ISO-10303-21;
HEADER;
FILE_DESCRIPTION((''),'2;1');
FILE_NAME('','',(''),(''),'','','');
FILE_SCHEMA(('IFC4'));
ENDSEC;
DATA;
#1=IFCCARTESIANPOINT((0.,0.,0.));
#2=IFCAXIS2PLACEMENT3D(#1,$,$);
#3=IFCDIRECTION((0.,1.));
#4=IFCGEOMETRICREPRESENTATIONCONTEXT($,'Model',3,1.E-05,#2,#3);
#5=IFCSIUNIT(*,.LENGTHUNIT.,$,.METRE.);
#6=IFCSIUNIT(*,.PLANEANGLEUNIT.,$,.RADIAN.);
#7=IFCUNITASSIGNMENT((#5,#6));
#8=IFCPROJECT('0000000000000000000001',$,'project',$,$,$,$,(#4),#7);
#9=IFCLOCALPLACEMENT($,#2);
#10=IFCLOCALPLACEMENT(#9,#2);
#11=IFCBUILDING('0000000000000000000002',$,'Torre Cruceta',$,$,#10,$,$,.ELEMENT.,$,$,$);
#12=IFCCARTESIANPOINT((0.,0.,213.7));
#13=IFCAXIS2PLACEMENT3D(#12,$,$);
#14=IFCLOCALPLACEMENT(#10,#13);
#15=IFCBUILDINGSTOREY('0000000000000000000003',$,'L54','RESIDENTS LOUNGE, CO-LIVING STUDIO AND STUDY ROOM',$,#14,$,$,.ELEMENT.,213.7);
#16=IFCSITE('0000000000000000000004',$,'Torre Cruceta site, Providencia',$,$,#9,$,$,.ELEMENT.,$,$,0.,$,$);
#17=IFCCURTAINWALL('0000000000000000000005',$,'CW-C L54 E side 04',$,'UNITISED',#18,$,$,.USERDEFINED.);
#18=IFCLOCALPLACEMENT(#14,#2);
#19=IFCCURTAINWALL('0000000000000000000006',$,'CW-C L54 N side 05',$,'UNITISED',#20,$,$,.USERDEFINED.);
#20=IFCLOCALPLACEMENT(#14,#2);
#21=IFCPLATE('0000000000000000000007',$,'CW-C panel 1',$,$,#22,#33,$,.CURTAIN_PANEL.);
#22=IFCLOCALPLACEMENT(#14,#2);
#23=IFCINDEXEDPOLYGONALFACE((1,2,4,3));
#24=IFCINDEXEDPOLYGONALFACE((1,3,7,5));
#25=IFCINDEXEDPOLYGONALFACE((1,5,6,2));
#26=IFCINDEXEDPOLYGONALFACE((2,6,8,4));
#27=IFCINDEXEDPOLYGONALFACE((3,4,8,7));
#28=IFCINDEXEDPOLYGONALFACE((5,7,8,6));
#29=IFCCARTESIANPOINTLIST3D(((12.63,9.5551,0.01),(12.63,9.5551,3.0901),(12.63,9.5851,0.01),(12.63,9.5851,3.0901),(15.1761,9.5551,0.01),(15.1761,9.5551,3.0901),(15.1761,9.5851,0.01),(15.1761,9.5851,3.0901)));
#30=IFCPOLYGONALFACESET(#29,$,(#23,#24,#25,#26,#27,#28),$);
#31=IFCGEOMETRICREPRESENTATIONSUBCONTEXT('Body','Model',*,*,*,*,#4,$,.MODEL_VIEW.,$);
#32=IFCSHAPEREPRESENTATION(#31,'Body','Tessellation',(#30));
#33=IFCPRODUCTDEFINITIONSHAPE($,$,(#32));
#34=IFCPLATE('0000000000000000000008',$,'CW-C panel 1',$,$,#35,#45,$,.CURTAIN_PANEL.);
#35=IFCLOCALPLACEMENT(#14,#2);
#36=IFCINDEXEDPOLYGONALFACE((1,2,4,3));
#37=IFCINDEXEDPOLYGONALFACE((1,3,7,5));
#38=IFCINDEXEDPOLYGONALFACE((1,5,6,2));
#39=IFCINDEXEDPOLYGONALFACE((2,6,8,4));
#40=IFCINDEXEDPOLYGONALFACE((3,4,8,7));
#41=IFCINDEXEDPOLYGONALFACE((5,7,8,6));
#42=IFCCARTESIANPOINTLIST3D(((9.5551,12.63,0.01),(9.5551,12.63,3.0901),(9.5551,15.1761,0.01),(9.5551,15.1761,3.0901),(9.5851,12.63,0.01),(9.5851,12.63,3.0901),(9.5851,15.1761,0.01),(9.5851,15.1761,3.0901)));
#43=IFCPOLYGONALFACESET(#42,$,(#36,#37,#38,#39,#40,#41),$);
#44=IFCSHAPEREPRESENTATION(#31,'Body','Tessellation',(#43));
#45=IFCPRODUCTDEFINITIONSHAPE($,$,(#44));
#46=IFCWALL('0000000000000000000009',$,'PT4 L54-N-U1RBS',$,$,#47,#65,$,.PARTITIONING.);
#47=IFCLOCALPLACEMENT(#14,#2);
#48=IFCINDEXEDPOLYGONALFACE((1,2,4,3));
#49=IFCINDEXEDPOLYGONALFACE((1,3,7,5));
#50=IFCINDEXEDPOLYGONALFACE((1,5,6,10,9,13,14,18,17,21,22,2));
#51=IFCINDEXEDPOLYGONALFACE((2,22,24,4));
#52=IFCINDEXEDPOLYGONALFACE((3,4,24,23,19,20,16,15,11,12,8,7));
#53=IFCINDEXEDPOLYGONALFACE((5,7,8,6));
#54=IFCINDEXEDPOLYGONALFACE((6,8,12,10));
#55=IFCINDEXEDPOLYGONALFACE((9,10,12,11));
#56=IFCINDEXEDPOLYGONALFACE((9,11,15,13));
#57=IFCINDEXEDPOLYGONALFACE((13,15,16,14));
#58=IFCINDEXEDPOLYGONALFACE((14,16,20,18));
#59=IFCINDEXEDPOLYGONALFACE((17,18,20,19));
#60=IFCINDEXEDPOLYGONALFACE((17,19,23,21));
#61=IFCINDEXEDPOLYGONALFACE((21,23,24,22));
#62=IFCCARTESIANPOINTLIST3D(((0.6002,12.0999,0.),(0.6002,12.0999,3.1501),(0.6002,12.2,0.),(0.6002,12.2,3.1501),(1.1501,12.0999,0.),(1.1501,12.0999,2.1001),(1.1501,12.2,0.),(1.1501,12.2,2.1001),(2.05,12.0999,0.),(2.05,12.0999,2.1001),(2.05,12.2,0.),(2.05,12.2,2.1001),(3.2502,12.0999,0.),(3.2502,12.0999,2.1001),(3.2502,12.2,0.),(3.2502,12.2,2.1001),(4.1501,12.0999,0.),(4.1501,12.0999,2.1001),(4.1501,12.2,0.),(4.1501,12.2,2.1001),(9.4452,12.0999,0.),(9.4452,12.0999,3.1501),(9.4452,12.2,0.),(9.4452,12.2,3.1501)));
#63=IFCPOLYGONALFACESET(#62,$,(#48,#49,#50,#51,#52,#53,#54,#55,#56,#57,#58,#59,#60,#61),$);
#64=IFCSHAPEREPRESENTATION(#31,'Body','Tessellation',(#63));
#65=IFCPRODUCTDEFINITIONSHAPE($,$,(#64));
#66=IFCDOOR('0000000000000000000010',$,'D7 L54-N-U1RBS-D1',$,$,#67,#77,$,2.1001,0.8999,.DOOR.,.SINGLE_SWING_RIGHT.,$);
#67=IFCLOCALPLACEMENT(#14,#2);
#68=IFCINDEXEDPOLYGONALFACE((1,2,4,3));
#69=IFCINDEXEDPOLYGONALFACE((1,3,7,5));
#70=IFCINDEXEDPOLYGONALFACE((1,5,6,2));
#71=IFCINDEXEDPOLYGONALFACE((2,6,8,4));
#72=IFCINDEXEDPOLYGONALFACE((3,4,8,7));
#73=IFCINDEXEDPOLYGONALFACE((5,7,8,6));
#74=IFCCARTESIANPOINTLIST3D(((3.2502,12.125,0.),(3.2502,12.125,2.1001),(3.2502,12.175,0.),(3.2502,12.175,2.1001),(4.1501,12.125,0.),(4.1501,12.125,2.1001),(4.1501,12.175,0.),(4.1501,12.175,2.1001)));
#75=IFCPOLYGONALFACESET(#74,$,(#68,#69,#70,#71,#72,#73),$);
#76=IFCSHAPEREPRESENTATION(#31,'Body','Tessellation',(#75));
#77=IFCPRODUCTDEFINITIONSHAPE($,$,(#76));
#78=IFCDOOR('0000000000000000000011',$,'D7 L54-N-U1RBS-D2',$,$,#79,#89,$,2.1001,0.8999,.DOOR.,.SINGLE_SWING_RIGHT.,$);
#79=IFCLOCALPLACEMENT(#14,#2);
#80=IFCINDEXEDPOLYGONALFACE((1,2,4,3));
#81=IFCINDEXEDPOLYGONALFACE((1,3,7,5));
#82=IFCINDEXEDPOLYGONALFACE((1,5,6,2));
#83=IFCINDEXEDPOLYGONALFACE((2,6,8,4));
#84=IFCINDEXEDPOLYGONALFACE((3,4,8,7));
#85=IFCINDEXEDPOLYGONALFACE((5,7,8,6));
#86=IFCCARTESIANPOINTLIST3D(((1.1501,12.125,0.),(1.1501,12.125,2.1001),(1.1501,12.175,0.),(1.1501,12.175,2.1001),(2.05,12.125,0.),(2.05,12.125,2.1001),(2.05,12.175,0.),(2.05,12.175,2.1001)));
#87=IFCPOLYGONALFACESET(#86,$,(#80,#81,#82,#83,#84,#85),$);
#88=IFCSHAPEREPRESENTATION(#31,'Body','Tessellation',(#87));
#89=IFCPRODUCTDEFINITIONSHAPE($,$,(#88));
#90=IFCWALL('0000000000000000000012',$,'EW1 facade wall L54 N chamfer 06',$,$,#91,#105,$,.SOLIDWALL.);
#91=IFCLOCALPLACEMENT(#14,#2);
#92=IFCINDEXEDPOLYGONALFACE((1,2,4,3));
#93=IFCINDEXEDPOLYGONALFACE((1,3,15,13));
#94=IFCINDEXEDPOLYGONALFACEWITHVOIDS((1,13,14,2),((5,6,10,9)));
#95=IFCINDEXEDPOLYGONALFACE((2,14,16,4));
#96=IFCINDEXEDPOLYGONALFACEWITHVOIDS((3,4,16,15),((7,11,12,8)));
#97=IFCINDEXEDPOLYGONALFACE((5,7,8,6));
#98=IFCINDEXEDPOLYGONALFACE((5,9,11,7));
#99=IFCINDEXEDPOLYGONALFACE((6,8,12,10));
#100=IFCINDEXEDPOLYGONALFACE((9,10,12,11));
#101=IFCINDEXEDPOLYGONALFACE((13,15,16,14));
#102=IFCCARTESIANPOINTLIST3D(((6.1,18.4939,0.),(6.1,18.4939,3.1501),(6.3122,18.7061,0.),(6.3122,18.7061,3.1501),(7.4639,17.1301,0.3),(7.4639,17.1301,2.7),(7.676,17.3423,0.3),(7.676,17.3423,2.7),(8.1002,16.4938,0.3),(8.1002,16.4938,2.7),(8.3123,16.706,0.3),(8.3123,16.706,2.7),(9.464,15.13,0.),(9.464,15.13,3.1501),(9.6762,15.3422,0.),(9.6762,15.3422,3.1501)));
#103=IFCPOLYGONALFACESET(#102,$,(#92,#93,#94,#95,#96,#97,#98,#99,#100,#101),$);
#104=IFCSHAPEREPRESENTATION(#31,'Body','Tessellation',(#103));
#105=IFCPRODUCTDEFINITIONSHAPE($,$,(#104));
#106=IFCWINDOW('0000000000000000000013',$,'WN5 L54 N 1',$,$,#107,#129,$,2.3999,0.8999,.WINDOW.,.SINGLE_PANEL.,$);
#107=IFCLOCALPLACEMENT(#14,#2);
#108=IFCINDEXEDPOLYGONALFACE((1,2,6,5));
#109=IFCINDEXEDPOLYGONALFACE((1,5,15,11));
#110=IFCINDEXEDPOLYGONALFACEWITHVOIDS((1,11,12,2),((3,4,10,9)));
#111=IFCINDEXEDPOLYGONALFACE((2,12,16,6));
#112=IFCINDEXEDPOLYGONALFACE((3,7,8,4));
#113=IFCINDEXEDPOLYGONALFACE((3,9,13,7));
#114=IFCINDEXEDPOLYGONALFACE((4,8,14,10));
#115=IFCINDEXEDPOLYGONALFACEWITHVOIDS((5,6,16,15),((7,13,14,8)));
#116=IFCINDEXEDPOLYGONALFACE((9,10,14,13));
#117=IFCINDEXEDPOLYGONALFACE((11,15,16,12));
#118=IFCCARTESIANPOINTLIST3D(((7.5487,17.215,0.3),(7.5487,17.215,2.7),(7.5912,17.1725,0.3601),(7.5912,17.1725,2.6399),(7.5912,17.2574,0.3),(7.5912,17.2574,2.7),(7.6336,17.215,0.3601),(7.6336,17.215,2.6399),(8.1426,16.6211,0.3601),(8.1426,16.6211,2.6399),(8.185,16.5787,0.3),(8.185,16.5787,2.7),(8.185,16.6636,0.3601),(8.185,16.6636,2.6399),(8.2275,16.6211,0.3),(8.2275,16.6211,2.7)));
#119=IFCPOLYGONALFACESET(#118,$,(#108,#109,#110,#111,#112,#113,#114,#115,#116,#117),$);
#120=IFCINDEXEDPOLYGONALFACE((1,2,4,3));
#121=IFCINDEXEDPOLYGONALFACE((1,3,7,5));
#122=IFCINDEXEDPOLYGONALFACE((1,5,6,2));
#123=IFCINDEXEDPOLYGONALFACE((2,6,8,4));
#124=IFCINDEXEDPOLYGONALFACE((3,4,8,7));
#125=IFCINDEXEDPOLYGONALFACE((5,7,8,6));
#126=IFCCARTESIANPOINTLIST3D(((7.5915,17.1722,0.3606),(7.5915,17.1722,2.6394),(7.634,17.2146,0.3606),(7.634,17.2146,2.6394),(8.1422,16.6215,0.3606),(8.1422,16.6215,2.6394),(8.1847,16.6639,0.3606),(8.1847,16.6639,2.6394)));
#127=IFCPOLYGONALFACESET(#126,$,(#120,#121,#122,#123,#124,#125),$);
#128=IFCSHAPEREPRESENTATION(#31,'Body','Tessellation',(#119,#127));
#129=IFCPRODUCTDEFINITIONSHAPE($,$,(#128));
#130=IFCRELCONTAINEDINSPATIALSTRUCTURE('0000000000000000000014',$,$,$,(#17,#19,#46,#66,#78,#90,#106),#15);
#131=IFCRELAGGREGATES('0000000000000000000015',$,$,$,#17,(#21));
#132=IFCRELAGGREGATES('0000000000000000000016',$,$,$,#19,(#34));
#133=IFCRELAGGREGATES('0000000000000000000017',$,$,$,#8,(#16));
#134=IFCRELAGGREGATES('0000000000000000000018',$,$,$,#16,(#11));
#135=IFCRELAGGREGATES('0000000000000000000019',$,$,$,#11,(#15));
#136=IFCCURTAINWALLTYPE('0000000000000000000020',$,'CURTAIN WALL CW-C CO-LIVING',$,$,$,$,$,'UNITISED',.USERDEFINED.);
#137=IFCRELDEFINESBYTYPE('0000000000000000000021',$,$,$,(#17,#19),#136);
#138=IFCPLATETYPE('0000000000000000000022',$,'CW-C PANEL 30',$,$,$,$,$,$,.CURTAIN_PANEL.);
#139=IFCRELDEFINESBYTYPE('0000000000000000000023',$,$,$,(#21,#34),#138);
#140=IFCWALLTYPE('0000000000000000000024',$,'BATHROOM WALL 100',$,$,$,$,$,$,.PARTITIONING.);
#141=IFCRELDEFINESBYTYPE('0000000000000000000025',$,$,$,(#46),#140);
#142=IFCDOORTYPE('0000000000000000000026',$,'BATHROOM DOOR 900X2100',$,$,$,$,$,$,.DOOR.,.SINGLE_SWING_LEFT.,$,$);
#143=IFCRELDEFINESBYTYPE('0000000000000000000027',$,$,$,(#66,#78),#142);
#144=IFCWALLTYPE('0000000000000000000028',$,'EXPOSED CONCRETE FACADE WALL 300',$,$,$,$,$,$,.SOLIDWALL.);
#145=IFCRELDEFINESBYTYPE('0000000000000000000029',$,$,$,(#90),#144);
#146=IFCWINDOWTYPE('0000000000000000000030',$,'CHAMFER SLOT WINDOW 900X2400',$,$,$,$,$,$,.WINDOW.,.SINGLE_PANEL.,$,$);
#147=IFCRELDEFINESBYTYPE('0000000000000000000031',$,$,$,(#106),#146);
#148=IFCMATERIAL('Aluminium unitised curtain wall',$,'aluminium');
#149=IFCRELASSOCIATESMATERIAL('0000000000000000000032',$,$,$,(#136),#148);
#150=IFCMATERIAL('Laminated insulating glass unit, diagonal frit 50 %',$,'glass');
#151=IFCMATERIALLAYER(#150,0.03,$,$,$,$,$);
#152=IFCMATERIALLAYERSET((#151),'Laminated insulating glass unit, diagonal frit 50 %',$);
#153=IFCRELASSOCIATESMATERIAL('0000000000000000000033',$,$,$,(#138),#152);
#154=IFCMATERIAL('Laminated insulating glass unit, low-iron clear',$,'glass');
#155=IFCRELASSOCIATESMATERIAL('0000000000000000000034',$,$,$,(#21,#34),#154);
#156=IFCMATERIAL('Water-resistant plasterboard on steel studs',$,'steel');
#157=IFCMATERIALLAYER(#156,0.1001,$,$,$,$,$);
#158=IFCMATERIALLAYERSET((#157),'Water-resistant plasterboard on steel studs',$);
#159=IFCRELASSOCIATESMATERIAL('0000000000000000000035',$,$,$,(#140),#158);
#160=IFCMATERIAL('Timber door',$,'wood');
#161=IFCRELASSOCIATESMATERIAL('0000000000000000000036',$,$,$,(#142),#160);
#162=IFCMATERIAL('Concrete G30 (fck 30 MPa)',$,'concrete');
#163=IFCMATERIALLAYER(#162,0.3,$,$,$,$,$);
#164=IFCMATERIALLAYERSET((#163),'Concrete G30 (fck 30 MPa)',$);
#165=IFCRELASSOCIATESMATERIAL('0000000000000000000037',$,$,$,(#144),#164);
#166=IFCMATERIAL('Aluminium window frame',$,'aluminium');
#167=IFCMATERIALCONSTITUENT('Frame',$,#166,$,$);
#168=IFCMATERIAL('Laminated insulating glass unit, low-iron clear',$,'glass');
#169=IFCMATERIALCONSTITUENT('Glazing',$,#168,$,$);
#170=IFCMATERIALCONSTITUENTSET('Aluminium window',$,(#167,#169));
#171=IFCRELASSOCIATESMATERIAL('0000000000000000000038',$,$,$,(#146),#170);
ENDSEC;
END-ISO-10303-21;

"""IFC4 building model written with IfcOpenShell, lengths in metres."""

from ifc_helpers import new_model, si_unit, direction, frame, frame_2d, origin, origin_2d, place, context, subcontext, project, spatial, rectangle, hollow_rectangle, extrude, material, layer, layer_set, constituent, constituent_set, type_object, element, fill, aggregate, save


model = new_model("IFC4")

# Units and contexts
model_context = context("Model", 3, precision=1e-05, world=origin(), true_north=direction((0.0, 1.0)))
body_context = subcontext(model_context, "Body", "Model", "MODEL_VIEW")
ifc_project = project(units=[si_unit("LENGTHUNIT", "METRE"), si_unit("PLANEANGLEUNIT", "RADIAN")], contexts=[model_context])

# Site, building, storey
site_placement = place(None, origin())
site = spatial("IfcSite", under=ifc_project, at=site_placement, Name="Torre Cruceta site, Providencia", CompositionType="ELEMENT", RefElevation=0.0)
building_placement = place(site_placement, origin())
building = spatial("IfcBuilding", under=site, at=building_placement, Name="Torre Cruceta", CompositionType="ELEMENT")
storey_placement = place(building_placement, frame((0.0, 0.0, 213.7)))
storey = spatial("IfcBuildingStorey", under=building, at=storey_placement, Name="L54", Description="RESIDENTS LOUNGE, CO-LIVING STUDIO AND STUDY ROOM", CompositionType="ELEMENT", Elevation=213.7)

# Curtain walls
ifc_material_1 = material(Name="Aluminium unitised curtain wall", Category="aluminium")
curtain_wall_type = type_object("IfcCurtainWallType", Name="CURTAIN WALL CW-C CO-LIVING", ElementType="UNITISED", PredefinedType="USERDEFINED", material=ifc_material_1)
curtain_wall_1_placement = place(storey_placement, origin())
curtain_wall_1 = element("IfcCurtainWall", 1, at=curtain_wall_1_placement, inside=storey, type_object=curtain_wall_type, Name="CW-C L54 E side 04", ObjectType="UNITISED", PredefinedType="USERDEFINED")
curtain_wall_2_placement = place(storey_placement, origin())
curtain_wall_2 = element("IfcCurtainWall", 2, at=curtain_wall_2_placement, inside=storey, type_object=curtain_wall_type, Name="CW-C L54 N side 05", ObjectType="UNITISED", PredefinedType="USERDEFINED")

# Plates
ifc_material_2 = material(Name="Laminated insulating glass unit, low-iron clear", Category="glass")
ifc_material_3 = material(Name="Laminated insulating glass unit, diagonal frit 50 %", Category="glass")
ifc_layer_1 = layer(ifc_material_3, 0.03)
ifc_layer_set_1 = layer_set([ifc_layer_1], Name="Laminated insulating glass unit, diagonal frit 50 %")
plate_type = type_object("IfcPlateType", Name="CW-C PANEL 30", PredefinedType="CURTAIN_PANEL", material=ifc_layer_set_1)
plate_1_placement = place(storey_placement, frame((13.9031, 9.5701, 0.01), z_axis=(0.0, 0.0, 1.0), x_axis=(-1.0, 0.0, 0.0)))
plate_1 = element("IfcPlate", 3, at=plate_1_placement, type_object=plate_type, material=ifc_material_2, Name="CW-C panel 1", PredefinedType="CURTAIN_PANEL", context=body_context, shape_type="SweptSolid", body=[
    extrude(rectangle(XDim=2.5461, YDim=0.03, at=origin_2d()), origin(), (0.0, 0.0, 1.0), 3.0801),
])
aggregate(curtain_wall_1, [plate_1])
plate_2_placement = place(storey_placement, frame((9.5701, 13.9031, 0.01), z_axis=(0.0, 0.0, 1.0), x_axis=(0.0, 1.0, 0.0)))
plate_2 = element("IfcPlate", 4, at=plate_2_placement, type_object=plate_type, material=ifc_material_2, Name="CW-C panel 1", PredefinedType="CURTAIN_PANEL", context=body_context, shape_type="SweptSolid", body=[
    extrude(rectangle(XDim=2.5461, YDim=0.03, at=origin_2d()), origin(), (0.0, 0.0, 1.0), 3.0801),
])
aggregate(curtain_wall_2, [plate_2])

# Wall, openings, doors
ifc_material_4 = material(Name="Water-resistant plasterboard on steel studs", Category="steel")
ifc_layer_2 = layer(ifc_material_4, 0.1001)
ifc_layer_set_2 = layer_set([ifc_layer_2], Name="Water-resistant plasterboard on steel studs")
wall_type_1 = type_object("IfcWallType", Name="BATHROOM WALL 100", PredefinedType="PARTITIONING", material=ifc_layer_set_2)
wall_1_placement = place(storey_placement, frame((9.4451, 12.1499, 0.0), z_axis=(0.0, 0.0, 1.0), x_axis=(-1.0, 0.0, 0.0)))
wall_1 = element("IfcWall", 5, at=wall_1_placement, inside=storey, type_object=wall_type_1, Name="PT4 L54-N-U1RBS", PredefinedType="PARTITIONING", context=body_context, shape_type="SweptSolid", body=[
    extrude(rectangle(XDim=8.845, YDim=0.1001, at=frame_2d((4.4224, 0.0))), origin(), (0.0, 0.0, 1.0), 3.1501),
])
opening_1_placement = place(wall_1_placement, frame((5.2949, 0.0, 0.0)))
opening_1 = element("IfcOpeningElement", 6, at=opening_1_placement, cuts=wall_1, PredefinedType="OPENING", context=body_context, shape_type="SweptSolid", body=[
    extrude(rectangle(XDim=0.8999, YDim=2.1001, at=frame_2d((0.45, 1.05))), frame((0.0, 0.0601, 0.0), z_axis=(0.0, -1.0, 0.0), x_axis=(1.0, 0.0, 0.0)), (0.0, 0.0, 1.0), 0.1201),
])
opening_2_placement = place(wall_1_placement, frame((7.395, 0.0, 0.0)))
opening_2 = element("IfcOpeningElement", 7, at=opening_2_placement, cuts=wall_1, PredefinedType="OPENING", context=body_context, shape_type="SweptSolid", body=[
    extrude(rectangle(XDim=0.8999, YDim=2.1001, at=frame_2d((0.45, 1.05))), frame((0.0, 0.0601, 0.0), z_axis=(0.0, -1.0, 0.0), x_axis=(1.0, 0.0, 0.0)), (0.0, 0.0, 1.0), 0.1201),
])
ifc_material_5 = material(Name="Timber door", Category="wood")
door_type_1 = type_object("IfcDoorType", Name="BATHROOM DOOR 900X2100", OperationType="SINGLE_SWING_LEFT", PredefinedType="DOOR", material=ifc_material_5)
door_1_placement = place(opening_1_placement, origin())
door_1 = element("IfcDoor", 8, at=door_1_placement, inside=storey, type_object=door_type_1, Name="D7 L54-N-U1RBS-D1", OperationType="SINGLE_SWING_RIGHT", OverallHeight=2.1001, OverallWidth=0.8999, PredefinedType="DOOR", context=body_context, shape_type="SweptSolid", body=[
    extrude(rectangle(XDim=0.8999, YDim=2.1001, at=frame_2d((0.45, 1.05))), frame((0.0, 0.0249, 0.0), z_axis=(0.0, -1.0, 0.0), x_axis=(1.0, 0.0, 0.0)), (0.0, 0.0, 1.0), 0.05),
])
fill(opening_1, door_1)
door_2_placement = place(opening_2_placement, origin())
door_2 = element("IfcDoor", 9, at=door_2_placement, inside=storey, type_object=door_type_1, Name="D7 L54-N-U1RBS-D2", OperationType="SINGLE_SWING_RIGHT", OverallHeight=2.1001, OverallWidth=0.8999, PredefinedType="DOOR", context=body_context, shape_type="SweptSolid", body=[
    extrude(rectangle(XDim=0.8999, YDim=2.1001, at=frame_2d((0.45, 1.05))), frame((0.0, 0.0249, 0.0), z_axis=(0.0, -1.0, 0.0), x_axis=(1.0, 0.0, 0.0)), (0.0, 0.0, 1.0), 0.05),
])
fill(opening_2, door_2)

# Wall, opening, window
ifc_material_6 = material(Name="Concrete G30 (fck 30 MPa)", Category="concrete")
ifc_layer_3 = layer(ifc_material_6, 0.3)
ifc_layer_set_3 = layer_set([ifc_layer_3], Name="Concrete G30 (fck 30 MPa)")
wall_type_2 = type_object("IfcWallType", Name="EXPOSED CONCRETE FACADE WALL 300", PredefinedType="SOLIDWALL", material=ifc_layer_set_3)
wall_2_placement = place(storey_placement, frame((9.5701, 15.2361, 0.0), z_axis=(0.0, 0.0, 1.0), x_axis=(-0.707107, 0.707107, 0.0)))
wall_2 = element("IfcWall", 10, at=wall_2_placement, inside=storey, type_object=wall_type_2, Name="EW1 facade wall L54 N chamfer 06", PredefinedType="SOLIDWALL", context=body_context, shape_type="SweptSolid", body=[
    extrude(rectangle(XDim=4.7573, YDim=0.3, at=frame_2d((2.3787, 0.0))), origin(), (0.0, 0.0, 1.0), 3.1501),
])
opening_3_placement = place(wall_2_placement, frame((1.9287, 0.0, 0.3)))
opening_3 = element("IfcOpeningElement", 11, at=opening_3_placement, cuts=wall_2, PredefinedType="OPENING", context=body_context, shape_type="SweptSolid", body=[
    extrude(rectangle(XDim=0.8999, YDim=2.3999, at=frame_2d((0.45, 1.2))), frame((0.0, 0.1599, 0.0), z_axis=(0.0, -1.0, 0.0), x_axis=(1.0, 0.0, 0.0)), (0.0, 0.0, 1.0), 0.3201),
])
ifc_material_7 = material(Name="Aluminium window frame", Category="aluminium")
ifc_constituent_1 = constituent(ifc_material_7, Name="Frame")
ifc_material_8 = material(Name="Laminated insulating glass unit, low-iron clear", Category="glass")
ifc_constituent_2 = constituent(ifc_material_8, Name="Glazing")
ifc_constituent_set_1 = constituent_set(constituents=[ifc_constituent_1, ifc_constituent_2], Name="Aluminium window")
window_type_1 = type_object("IfcWindowType", Name="CHAMFER SLOT WINDOW 900X2400", PartitioningType="SINGLE_PANEL", PredefinedType="WINDOW", material=ifc_constituent_set_1)
window_1_placement = place(opening_3_placement, origin())
window_1 = element("IfcWindow", 12, at=window_1_placement, inside=storey, type_object=window_type_1, Name="WN5 L54 N 1", OverallHeight=2.3999, OverallWidth=0.8999, PartitioningType="SINGLE_PANEL", PredefinedType="WINDOW", context=body_context, shape_type="SweptSolid", body=[
    extrude(hollow_rectangle(XDim=0.8999, YDim=2.3999, WallThickness=0.0601, at=frame_2d((0.45, 1.2))), frame((0.0, 0.03, 0.0), z_axis=(0.0, -1.0, 0.0), x_axis=(1.0, 0.0, 0.0)), (0.0, 0.0, 1.0), 0.0601),
    extrude(rectangle(XDim=0.7788, YDim=2.2788, at=frame_2d((0.45, 1.2))), frame((0.0, 0.03, 0.0), z_axis=(0.0, -1.0, 0.0), x_axis=(1.0, 0.0, 0.0)), (0.0, 0.0, 1.0), 0.0601),
])
fill(opening_3, window_1)

save(model, "model.ifc")
